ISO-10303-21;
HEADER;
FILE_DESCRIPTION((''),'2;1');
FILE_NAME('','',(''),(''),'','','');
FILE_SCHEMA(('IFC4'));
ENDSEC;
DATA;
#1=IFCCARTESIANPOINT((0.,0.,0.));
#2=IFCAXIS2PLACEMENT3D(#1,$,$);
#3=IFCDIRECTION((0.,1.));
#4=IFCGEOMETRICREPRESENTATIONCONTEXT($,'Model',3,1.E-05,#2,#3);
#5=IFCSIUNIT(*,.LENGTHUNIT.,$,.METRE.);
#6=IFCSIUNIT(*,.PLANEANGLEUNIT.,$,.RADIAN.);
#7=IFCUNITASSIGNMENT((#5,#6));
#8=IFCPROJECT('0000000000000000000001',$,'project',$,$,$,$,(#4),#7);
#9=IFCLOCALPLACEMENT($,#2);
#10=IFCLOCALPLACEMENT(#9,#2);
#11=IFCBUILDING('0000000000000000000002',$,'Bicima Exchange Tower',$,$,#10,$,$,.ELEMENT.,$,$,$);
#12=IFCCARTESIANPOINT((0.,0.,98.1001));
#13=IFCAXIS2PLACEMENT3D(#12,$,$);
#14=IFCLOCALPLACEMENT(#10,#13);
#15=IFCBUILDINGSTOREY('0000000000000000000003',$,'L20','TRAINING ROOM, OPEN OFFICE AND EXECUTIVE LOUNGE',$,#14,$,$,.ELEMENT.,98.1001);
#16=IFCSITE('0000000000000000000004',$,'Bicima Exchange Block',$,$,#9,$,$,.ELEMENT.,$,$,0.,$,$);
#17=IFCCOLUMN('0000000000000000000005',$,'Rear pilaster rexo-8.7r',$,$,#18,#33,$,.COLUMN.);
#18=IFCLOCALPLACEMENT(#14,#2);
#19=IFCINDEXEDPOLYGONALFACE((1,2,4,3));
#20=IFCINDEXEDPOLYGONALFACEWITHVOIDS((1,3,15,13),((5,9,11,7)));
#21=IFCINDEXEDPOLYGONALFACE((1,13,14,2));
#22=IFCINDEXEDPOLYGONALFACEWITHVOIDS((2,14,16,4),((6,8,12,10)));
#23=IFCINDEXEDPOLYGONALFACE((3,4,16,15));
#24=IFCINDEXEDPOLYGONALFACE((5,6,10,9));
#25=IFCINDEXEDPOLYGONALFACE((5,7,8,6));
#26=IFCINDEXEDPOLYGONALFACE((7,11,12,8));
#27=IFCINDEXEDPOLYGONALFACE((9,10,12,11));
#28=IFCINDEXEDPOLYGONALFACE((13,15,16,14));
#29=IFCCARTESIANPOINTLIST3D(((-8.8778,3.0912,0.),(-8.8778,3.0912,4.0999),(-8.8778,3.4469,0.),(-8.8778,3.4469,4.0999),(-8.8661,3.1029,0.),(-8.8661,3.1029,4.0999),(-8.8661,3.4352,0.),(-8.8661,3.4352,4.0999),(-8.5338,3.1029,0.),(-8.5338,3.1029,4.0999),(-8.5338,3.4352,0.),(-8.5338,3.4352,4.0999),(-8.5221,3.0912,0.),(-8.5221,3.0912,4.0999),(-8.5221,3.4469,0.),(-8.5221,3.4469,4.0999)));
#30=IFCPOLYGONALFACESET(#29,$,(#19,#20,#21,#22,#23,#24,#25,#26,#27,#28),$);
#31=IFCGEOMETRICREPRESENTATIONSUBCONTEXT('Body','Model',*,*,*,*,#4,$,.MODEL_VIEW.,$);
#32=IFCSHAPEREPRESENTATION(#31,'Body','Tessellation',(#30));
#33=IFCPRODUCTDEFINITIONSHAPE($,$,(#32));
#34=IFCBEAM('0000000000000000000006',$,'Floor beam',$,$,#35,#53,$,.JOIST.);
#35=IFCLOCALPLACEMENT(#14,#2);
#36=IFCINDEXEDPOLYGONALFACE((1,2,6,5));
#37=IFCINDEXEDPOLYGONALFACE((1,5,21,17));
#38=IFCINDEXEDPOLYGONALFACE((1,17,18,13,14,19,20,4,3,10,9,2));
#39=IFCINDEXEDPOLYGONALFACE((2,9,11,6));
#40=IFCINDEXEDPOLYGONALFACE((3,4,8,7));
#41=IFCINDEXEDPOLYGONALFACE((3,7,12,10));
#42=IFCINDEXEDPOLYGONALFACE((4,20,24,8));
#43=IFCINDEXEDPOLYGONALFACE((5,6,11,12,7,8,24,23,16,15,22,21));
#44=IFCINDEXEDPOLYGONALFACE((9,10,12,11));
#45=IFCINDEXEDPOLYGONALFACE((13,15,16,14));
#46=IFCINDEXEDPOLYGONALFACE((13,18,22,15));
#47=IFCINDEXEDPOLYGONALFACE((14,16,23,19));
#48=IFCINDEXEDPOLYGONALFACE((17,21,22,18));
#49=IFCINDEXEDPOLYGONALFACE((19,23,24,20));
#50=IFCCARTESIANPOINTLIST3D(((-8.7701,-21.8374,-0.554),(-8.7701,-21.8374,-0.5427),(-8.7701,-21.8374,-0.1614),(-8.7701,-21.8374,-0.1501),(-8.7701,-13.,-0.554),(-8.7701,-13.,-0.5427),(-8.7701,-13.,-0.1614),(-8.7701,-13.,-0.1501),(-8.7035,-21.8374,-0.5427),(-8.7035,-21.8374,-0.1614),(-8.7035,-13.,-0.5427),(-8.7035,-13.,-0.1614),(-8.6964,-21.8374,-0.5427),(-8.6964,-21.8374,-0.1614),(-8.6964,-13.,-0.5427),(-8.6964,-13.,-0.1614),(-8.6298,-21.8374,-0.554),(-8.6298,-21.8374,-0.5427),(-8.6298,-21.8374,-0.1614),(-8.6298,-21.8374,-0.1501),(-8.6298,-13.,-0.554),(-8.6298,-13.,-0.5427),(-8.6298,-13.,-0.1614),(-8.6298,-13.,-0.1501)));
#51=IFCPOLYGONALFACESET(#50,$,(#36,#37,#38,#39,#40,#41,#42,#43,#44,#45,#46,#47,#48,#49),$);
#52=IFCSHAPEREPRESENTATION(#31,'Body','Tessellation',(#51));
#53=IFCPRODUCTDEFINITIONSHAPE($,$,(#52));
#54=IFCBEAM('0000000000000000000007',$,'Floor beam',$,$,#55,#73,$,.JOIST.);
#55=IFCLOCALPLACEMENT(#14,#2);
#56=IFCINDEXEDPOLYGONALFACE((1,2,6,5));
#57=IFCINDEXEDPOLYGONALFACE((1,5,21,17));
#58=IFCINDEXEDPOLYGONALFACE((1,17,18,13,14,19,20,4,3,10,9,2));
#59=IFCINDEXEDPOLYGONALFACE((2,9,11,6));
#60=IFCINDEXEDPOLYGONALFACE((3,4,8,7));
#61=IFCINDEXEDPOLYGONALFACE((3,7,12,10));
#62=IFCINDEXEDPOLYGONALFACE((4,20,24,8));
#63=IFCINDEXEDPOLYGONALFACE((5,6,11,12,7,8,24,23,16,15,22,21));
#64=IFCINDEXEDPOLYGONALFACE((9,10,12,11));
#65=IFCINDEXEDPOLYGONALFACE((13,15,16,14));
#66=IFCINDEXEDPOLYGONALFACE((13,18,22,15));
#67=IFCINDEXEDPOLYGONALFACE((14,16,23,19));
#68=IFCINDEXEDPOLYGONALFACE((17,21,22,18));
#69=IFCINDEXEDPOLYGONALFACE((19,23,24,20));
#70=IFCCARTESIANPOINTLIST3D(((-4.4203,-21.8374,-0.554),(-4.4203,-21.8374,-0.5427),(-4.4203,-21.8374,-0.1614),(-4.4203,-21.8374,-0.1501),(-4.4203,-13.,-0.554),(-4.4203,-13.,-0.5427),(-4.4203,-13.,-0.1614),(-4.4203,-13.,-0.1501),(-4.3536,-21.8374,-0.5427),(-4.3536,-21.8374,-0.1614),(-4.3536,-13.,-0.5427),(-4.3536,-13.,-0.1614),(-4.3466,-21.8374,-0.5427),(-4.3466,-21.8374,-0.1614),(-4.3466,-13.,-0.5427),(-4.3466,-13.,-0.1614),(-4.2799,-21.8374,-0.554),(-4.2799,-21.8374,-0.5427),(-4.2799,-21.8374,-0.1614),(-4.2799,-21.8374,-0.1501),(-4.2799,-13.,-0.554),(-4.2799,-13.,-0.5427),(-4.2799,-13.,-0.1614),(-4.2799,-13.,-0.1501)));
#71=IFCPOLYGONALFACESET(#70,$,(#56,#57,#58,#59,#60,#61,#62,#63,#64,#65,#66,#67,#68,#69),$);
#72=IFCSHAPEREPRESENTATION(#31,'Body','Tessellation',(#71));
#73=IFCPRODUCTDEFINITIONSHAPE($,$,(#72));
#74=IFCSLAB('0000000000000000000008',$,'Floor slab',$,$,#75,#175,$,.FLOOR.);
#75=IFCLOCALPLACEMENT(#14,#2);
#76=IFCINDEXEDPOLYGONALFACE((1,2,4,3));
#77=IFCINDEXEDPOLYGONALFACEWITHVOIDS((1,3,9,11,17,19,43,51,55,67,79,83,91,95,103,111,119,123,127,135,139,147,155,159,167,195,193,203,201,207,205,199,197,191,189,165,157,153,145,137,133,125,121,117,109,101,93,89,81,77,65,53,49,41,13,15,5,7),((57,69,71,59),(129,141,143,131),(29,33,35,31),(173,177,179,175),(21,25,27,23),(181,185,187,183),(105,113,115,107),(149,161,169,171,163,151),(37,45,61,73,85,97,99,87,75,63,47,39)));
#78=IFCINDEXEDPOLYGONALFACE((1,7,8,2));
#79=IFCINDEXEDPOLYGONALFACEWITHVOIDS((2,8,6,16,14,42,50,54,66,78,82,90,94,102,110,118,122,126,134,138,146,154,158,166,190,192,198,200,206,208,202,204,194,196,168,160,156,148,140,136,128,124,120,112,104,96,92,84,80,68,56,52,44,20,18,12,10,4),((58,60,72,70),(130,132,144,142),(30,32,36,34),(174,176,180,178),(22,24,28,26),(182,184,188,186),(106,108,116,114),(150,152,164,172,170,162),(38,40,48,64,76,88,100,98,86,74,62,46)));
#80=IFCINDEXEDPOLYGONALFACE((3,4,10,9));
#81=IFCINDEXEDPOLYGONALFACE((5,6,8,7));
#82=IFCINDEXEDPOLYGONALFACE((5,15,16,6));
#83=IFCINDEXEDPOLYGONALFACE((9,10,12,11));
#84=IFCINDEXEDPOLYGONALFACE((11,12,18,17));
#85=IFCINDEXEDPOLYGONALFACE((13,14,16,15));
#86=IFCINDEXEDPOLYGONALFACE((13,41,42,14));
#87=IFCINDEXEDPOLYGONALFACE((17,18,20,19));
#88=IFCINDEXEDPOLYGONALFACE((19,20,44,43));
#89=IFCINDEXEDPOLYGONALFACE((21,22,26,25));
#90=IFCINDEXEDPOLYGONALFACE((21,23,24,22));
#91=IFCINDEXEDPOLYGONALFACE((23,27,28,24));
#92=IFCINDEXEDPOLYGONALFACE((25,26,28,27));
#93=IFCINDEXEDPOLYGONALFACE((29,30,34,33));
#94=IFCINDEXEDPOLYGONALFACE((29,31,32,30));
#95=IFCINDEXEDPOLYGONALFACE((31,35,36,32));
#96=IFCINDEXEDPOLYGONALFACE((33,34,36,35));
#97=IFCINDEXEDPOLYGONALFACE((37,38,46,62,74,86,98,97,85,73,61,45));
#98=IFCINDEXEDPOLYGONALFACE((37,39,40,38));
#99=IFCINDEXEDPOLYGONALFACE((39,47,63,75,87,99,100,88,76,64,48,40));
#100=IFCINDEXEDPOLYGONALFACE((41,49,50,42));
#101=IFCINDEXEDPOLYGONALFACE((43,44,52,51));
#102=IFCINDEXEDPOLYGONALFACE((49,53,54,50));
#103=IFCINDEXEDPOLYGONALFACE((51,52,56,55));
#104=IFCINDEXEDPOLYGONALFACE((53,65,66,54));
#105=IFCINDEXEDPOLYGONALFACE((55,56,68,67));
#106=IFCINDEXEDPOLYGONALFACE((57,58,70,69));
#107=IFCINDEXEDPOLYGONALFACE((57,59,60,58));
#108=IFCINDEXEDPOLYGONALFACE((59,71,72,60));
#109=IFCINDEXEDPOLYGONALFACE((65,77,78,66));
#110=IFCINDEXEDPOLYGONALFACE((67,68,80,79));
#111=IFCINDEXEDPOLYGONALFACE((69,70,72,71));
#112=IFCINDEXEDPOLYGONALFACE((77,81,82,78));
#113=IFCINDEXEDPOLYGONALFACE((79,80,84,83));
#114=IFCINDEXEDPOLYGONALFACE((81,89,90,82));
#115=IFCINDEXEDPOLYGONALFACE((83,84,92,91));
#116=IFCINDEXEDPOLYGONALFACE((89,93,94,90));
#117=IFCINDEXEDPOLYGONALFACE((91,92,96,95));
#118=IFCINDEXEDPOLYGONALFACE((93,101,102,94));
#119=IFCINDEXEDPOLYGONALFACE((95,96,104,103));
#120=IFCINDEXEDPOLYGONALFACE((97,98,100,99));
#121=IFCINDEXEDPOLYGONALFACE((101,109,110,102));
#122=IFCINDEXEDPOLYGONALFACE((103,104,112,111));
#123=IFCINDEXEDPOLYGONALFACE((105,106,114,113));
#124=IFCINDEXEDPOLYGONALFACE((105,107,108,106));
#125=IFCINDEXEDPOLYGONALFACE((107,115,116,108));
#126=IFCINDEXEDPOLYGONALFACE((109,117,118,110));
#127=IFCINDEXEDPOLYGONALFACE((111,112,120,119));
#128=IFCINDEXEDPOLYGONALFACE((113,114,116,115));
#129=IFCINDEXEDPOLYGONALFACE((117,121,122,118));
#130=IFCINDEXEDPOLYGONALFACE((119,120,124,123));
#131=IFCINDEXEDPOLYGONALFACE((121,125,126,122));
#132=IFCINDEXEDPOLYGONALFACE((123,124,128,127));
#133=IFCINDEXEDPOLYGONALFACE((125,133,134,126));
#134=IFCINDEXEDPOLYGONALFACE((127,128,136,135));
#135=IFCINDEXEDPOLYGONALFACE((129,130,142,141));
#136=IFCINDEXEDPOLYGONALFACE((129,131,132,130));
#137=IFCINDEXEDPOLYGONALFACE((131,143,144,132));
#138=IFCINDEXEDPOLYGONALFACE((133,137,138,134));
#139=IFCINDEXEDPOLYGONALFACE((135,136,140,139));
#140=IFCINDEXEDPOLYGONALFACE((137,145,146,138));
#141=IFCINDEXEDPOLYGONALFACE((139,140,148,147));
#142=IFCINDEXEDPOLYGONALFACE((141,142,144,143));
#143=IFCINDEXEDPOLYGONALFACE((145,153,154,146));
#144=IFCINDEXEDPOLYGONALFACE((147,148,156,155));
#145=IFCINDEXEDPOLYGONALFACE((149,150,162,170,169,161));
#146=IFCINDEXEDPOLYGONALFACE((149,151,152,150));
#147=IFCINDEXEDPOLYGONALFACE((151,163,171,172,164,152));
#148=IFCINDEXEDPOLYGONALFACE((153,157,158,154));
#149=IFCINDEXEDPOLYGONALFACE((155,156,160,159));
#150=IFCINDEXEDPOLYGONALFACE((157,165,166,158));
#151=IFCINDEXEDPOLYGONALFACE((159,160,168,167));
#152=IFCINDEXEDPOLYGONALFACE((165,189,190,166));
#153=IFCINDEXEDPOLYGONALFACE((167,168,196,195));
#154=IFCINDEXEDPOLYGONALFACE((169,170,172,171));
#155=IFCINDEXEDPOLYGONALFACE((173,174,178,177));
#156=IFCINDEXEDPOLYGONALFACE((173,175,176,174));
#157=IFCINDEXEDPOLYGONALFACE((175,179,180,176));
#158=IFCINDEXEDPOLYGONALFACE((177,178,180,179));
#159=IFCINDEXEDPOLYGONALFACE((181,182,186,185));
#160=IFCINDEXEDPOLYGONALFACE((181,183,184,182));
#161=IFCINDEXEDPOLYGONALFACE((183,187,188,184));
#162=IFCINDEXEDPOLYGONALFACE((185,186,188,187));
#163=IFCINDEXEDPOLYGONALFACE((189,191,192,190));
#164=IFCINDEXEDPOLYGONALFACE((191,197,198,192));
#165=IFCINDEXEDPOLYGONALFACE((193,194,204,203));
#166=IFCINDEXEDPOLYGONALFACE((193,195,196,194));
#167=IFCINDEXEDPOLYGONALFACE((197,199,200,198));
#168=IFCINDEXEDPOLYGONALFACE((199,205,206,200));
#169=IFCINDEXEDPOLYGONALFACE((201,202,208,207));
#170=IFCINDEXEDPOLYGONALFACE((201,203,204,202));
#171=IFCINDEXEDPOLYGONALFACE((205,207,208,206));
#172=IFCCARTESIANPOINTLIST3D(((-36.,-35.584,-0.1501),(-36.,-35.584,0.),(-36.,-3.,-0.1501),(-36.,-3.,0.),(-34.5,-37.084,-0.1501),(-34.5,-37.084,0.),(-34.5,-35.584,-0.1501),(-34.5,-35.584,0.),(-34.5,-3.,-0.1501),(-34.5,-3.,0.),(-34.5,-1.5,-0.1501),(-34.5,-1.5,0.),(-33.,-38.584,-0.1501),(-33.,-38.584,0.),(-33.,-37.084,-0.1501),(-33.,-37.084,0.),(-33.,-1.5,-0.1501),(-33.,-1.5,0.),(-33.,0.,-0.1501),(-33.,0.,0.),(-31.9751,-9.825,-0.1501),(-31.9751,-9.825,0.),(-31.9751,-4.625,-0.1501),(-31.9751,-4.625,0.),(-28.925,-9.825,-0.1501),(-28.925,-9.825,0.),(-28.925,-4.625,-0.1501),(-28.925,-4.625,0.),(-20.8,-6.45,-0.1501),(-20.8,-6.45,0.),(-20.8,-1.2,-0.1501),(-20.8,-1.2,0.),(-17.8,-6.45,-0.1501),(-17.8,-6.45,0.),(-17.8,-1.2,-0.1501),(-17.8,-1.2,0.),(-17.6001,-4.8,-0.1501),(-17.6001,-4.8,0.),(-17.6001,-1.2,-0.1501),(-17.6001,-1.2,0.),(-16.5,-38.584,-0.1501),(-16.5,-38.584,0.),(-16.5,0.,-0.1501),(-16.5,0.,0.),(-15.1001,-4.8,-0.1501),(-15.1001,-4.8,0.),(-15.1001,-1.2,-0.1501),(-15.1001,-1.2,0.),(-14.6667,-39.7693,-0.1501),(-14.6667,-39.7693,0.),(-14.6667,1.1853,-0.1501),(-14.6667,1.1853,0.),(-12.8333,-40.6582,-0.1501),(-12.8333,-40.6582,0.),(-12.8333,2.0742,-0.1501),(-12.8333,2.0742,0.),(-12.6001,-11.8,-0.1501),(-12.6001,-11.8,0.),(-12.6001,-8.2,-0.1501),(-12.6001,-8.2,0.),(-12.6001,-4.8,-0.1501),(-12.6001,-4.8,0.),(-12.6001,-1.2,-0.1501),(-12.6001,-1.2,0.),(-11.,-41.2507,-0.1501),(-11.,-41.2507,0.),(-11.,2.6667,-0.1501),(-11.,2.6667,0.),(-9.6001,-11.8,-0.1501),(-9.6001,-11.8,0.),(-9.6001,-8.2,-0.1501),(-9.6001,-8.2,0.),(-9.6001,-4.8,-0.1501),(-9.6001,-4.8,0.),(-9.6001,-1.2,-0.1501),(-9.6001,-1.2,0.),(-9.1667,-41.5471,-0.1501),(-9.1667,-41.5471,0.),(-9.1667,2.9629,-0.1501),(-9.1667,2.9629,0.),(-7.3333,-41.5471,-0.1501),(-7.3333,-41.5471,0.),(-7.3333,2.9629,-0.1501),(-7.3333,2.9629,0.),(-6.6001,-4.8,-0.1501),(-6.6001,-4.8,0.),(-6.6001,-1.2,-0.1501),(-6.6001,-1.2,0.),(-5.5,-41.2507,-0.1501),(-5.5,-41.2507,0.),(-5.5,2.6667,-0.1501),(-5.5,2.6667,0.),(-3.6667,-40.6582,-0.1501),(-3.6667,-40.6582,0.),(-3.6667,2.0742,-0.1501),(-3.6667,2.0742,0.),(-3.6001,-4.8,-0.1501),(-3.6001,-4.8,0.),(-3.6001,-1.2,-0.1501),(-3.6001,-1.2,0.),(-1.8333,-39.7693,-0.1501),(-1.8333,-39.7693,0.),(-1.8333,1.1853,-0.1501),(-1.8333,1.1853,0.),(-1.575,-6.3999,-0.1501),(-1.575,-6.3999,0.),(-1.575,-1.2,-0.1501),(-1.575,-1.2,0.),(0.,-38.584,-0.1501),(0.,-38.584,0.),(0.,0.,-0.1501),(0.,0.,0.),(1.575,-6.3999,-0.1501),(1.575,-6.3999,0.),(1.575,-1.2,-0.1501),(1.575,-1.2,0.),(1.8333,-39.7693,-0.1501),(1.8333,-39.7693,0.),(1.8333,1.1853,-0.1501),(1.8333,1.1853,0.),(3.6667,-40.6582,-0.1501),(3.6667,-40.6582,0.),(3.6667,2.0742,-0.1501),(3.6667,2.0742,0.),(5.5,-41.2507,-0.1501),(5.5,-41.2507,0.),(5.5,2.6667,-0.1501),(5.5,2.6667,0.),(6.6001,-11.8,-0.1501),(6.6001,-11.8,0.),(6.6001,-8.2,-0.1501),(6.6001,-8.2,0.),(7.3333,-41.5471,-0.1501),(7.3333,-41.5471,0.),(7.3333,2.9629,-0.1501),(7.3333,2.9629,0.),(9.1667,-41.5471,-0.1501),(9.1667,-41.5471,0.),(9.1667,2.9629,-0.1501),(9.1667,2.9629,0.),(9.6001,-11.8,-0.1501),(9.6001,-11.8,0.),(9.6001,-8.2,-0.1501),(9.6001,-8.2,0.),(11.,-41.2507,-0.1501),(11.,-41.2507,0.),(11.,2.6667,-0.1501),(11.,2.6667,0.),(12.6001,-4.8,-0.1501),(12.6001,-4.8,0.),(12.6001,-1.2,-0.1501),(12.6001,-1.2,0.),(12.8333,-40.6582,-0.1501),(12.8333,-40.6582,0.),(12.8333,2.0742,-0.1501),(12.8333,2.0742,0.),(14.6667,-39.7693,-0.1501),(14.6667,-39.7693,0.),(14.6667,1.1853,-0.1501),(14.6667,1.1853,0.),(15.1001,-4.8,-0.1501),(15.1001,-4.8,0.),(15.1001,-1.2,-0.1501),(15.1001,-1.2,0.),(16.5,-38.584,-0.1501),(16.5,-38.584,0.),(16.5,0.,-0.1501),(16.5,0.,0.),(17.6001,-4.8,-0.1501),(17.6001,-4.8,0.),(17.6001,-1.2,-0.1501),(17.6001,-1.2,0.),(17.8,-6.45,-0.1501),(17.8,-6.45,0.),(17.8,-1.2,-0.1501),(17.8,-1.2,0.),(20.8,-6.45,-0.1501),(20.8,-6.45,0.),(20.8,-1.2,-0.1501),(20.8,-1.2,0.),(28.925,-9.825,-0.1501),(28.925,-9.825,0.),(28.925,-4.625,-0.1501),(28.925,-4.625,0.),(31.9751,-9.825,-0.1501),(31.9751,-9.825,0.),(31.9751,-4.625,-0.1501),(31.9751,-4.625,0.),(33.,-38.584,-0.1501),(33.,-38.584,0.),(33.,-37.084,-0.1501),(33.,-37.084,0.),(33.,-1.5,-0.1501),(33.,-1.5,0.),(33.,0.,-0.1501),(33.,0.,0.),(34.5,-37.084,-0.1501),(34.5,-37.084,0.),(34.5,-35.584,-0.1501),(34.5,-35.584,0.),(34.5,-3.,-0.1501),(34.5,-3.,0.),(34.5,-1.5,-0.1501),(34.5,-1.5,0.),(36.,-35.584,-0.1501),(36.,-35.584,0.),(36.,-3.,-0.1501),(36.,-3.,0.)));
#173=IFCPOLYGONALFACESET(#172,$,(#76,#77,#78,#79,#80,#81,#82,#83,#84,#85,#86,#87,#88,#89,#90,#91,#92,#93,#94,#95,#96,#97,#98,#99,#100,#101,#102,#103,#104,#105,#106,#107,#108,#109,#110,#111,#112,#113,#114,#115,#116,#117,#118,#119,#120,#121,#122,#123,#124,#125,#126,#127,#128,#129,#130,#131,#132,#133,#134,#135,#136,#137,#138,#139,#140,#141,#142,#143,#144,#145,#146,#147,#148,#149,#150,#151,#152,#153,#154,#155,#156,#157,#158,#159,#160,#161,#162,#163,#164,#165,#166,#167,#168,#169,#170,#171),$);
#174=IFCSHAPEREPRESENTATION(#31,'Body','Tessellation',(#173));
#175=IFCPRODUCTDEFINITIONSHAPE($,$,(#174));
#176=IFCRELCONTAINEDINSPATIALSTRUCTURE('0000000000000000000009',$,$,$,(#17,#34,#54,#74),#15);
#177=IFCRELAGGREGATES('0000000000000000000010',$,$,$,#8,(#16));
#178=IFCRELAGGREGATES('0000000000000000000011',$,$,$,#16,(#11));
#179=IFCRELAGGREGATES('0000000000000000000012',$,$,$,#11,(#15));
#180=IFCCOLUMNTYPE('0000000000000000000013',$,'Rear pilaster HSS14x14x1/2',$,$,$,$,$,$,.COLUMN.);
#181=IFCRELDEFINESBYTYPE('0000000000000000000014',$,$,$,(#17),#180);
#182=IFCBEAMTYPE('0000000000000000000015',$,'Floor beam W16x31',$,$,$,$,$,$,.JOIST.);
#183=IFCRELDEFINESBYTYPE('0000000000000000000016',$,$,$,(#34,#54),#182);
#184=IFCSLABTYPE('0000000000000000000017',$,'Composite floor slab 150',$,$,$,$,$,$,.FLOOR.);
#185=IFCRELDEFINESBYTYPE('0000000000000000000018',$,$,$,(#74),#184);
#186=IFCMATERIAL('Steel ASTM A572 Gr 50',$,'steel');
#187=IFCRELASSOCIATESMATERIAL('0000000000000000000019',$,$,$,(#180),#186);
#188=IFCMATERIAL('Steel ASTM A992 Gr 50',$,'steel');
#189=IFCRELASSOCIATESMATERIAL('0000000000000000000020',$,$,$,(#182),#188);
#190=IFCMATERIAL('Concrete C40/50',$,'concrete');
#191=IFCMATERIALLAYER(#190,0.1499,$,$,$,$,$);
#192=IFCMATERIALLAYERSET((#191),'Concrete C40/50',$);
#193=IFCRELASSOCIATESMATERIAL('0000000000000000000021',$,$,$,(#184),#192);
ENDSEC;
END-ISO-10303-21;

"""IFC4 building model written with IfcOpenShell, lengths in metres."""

from ifc_helpers import new_model, si_unit, direction, frame, origin, origin_2d, place, context, subcontext, project, spatial, polyline, hollow_rectangle, i_section, outline, extrude, material, layer, layer_set, material_profile, profile_set, type_object, element, save


model = new_model("IFC4")

# Units and contexts
model_context = context("Model", 3, precision=1e-05, world=origin(), true_north=direction((0.0, 1.0)))
body_context = subcontext(model_context, "Body", "Model", "MODEL_VIEW")
ifc_project = project(units=[si_unit("LENGTHUNIT", "METRE"), si_unit("PLANEANGLEUNIT", "RADIAN")], contexts=[model_context])

# Site, building, storey
site_placement = place(None, origin())
site = spatial("IfcSite", under=ifc_project, at=site_placement, Name="Bicima Exchange Block", CompositionType="ELEMENT", RefElevation=0.0)
building_placement = place(site_placement, origin())
building = spatial("IfcBuilding", under=site, at=building_placement, Name="Bicima Exchange Tower", CompositionType="ELEMENT")
storey_placement = place(building_placement, frame((0.0, 0.0, 98.1001)))
storey = spatial("IfcBuildingStorey", under=building, at=storey_placement, Name="L20", Description="TRAINING ROOM, OPEN OFFICE AND EXECUTIVE LOUNGE", CompositionType="ELEMENT", Elevation=98.1001)

# Column
ifc_material_1 = material(Name="Steel ASTM A572 Gr 50", Category="steel")
ifc_material_profile_1 = material_profile(ifc_material_1, hollow_rectangle(XDim=0.3557, YDim=0.3557, WallThickness=0.0117, at=origin_2d()))
ifc_profile_set_1 = profile_set([ifc_material_profile_1], Name="Steel ASTM A572 Gr 50")
column_type = type_object("IfcColumnType", Name="Rear pilaster HSS14x14x1/2", PredefinedType="COLUMN", material=ifc_profile_set_1)
column_placement = place(storey_placement, frame((-8.7, 3.269, 0.0), z_axis=(0.0, 0.0, 1.0), x_axis=(1.0, 0.0, 0.0)))
element("IfcColumn", 1, at=column_placement, inside=storey, type_object=column_type, Name="Rear pilaster rexo-8.7r", PredefinedType="COLUMN", context=body_context, shape_type="SweptSolid", body=[
    extrude(hollow_rectangle(XDim=0.3557, YDim=0.3557, WallThickness=0.0117, at=origin_2d()), origin(), (0.0, 0.0, 1.0), 4.0999),
])

# Beams
ifc_material_2 = material(Name="Steel ASTM A992 Gr 50", Category="steel")
ifc_material_profile_2 = material_profile(ifc_material_2, i_section(OverallWidth=0.1404, OverallDepth=0.4038, WebThickness=0.0071, FlangeThickness=0.0112, at=origin_2d()))
ifc_profile_set_2 = profile_set([ifc_material_profile_2], Name="Steel ASTM A992 Gr 50")
beam_type = type_object("IfcBeamType", Name="Floor beam W16x31", PredefinedType="JOIST", material=ifc_profile_set_2)
for number, where, z_axis, x_axis, name in (
    (2, (-8.7, -13.0, -0.3521), (0.0, -1.0, 0.0), (1.0, 0.0, 0.0), "Floor beam"),
    (3, (-4.3501, -13.0, -0.3521), (0.0, -1.0, 0.0), (1.0, 0.0, 0.0), "Floor beam"),
):
    element("IfcBeam", number, at=place(storey_placement, frame(where, z_axis=z_axis, x_axis=x_axis)), inside=storey, type_object=beam_type, Name=name, PredefinedType="JOIST", context=body_context, shape_type="SweptSolid", body=[
        extrude(i_section(OverallWidth=0.1404, OverallDepth=0.4038, WebThickness=0.0071, FlangeThickness=0.0112, at=origin_2d()), origin(), (0.0, 0.0, 1.0), 8.8374),
    ])

# Slab
ifc_material_3 = material(Name="Concrete C40/50", Category="concrete")
ifc_layer_1 = layer(ifc_material_3, 0.1499)
ifc_layer_set_1 = layer_set([ifc_layer_1], Name="Concrete C40/50")
slab_type = type_object("IfcSlabType", Name="Composite floor slab 150", PredefinedType="FLOOR", material=ifc_layer_set_1)
slab_placement = place(storey_placement, frame((0.0, 0.0, -0.1501)))
element("IfcSlab", 4, at=slab_placement, inside=storey, type_object=slab_type, Name="Floor slab", PredefinedType="FLOOR", context=body_context, shape_type="SweptSolid", body=[
    extrude(outline(polyline([(-36.0, -35.584), (-36.0, -3.0), (-34.5, -3.0), (-34.5, -1.5), (-33.0, -1.5), (-33.0, 0.0), (-16.5, 0.0), (-14.6667, 1.1853), (-12.8333, 2.0742), (-11.0, 2.6667), (-9.1667, 2.9629), (-7.3333, 2.9629), (-5.5, 2.6667), (-3.6667, 2.0742), (-1.8333, 1.1853), (0.0, 0.0), (1.8333, 1.1853), (3.6667, 2.0742), (5.5, 2.6667), (7.3333, 2.9629), (9.1667, 2.9629), (11.0, 2.6667), (12.8333, 2.0742), (14.6667, 1.1853), (16.5, 0.0), (33.0, 0.0), (33.0, -1.5), (34.5, -1.5), (34.5, -3.0), (36.0, -3.0), (36.0, -35.584), (34.5, -35.584), (34.5, -37.084), (33.0, -37.084), (33.0, -38.584), (16.5, -38.584), (14.6667, -39.7693), (12.8333, -40.6582), (11.0, -41.2507), (9.1667, -41.5471), (7.3333, -41.5471), (5.5, -41.2507), (3.6667, -40.6582), (1.8333, -39.7693), (0.0, -38.584), (-1.8333, -39.7693), (-3.6667, -40.6582), (-5.5, -41.2507), (-7.3333, -41.5471), (-9.1667, -41.5471), (-11.0, -41.2507), (-12.8333, -40.6582), (-14.6667, -39.7693), (-16.5, -38.584), (-33.0, -38.584), (-33.0, -37.084), (-34.5, -37.084), (-34.5, -35.584), (-36.0, -35.584)]), holes=[polyline([(-9.6001, -11.8), (-9.6001, -8.2), (-12.6001, -8.2), (-12.6001, -11.8), (-9.6001, -11.8)]), polyline([(-31.9751, -9.825), (-28.925, -9.825), (-28.925, -4.625), (-31.9751, -4.625), (-31.9751, -9.825)]), polyline([(-20.8, -6.45), (-17.8, -6.45), (-17.8, -1.2), (-20.8, -1.2), (-20.8, -6.45)]), polyline([(-9.6001, -1.2), (-12.6001, -1.2), (-15.1001, -1.2), (-17.6001, -1.2), (-17.6001, -4.8), (-15.1001, -4.8), (-12.6001, -4.8), (-9.6001, -4.8), (-6.6001, -4.8), (-3.6001, -4.8), (-3.6001, -1.2), (-6.6001, -1.2), (-9.6001, -1.2)]), polyline([(9.6001, -11.8), (9.6001, -8.2), (6.6001, -8.2), (6.6001, -11.8), (9.6001, -11.8)]), polyline([(28.925, -9.825), (31.9751, -9.825), (31.9751, -4.625), (28.925, -4.625), (28.925, -9.825)]), polyline([(17.8, -6.45), (20.8, -6.45), (20.8, -1.2), (17.8, -1.2), (17.8, -6.45)]), polyline([(-1.575, -6.3999), (1.575, -6.3999), (1.575, -1.2), (-1.575, -1.2), (-1.575, -6.3999)]), polyline([(17.6001, -4.8), (17.6001, -1.2), (15.1001, -1.2), (12.6001, -1.2), (12.6001, -4.8), (15.1001, -4.8), (17.6001, -4.8)])]), origin(), (0.0, 0.0, 1.0), 0.1501),
])

save(model, "model.ifc")
